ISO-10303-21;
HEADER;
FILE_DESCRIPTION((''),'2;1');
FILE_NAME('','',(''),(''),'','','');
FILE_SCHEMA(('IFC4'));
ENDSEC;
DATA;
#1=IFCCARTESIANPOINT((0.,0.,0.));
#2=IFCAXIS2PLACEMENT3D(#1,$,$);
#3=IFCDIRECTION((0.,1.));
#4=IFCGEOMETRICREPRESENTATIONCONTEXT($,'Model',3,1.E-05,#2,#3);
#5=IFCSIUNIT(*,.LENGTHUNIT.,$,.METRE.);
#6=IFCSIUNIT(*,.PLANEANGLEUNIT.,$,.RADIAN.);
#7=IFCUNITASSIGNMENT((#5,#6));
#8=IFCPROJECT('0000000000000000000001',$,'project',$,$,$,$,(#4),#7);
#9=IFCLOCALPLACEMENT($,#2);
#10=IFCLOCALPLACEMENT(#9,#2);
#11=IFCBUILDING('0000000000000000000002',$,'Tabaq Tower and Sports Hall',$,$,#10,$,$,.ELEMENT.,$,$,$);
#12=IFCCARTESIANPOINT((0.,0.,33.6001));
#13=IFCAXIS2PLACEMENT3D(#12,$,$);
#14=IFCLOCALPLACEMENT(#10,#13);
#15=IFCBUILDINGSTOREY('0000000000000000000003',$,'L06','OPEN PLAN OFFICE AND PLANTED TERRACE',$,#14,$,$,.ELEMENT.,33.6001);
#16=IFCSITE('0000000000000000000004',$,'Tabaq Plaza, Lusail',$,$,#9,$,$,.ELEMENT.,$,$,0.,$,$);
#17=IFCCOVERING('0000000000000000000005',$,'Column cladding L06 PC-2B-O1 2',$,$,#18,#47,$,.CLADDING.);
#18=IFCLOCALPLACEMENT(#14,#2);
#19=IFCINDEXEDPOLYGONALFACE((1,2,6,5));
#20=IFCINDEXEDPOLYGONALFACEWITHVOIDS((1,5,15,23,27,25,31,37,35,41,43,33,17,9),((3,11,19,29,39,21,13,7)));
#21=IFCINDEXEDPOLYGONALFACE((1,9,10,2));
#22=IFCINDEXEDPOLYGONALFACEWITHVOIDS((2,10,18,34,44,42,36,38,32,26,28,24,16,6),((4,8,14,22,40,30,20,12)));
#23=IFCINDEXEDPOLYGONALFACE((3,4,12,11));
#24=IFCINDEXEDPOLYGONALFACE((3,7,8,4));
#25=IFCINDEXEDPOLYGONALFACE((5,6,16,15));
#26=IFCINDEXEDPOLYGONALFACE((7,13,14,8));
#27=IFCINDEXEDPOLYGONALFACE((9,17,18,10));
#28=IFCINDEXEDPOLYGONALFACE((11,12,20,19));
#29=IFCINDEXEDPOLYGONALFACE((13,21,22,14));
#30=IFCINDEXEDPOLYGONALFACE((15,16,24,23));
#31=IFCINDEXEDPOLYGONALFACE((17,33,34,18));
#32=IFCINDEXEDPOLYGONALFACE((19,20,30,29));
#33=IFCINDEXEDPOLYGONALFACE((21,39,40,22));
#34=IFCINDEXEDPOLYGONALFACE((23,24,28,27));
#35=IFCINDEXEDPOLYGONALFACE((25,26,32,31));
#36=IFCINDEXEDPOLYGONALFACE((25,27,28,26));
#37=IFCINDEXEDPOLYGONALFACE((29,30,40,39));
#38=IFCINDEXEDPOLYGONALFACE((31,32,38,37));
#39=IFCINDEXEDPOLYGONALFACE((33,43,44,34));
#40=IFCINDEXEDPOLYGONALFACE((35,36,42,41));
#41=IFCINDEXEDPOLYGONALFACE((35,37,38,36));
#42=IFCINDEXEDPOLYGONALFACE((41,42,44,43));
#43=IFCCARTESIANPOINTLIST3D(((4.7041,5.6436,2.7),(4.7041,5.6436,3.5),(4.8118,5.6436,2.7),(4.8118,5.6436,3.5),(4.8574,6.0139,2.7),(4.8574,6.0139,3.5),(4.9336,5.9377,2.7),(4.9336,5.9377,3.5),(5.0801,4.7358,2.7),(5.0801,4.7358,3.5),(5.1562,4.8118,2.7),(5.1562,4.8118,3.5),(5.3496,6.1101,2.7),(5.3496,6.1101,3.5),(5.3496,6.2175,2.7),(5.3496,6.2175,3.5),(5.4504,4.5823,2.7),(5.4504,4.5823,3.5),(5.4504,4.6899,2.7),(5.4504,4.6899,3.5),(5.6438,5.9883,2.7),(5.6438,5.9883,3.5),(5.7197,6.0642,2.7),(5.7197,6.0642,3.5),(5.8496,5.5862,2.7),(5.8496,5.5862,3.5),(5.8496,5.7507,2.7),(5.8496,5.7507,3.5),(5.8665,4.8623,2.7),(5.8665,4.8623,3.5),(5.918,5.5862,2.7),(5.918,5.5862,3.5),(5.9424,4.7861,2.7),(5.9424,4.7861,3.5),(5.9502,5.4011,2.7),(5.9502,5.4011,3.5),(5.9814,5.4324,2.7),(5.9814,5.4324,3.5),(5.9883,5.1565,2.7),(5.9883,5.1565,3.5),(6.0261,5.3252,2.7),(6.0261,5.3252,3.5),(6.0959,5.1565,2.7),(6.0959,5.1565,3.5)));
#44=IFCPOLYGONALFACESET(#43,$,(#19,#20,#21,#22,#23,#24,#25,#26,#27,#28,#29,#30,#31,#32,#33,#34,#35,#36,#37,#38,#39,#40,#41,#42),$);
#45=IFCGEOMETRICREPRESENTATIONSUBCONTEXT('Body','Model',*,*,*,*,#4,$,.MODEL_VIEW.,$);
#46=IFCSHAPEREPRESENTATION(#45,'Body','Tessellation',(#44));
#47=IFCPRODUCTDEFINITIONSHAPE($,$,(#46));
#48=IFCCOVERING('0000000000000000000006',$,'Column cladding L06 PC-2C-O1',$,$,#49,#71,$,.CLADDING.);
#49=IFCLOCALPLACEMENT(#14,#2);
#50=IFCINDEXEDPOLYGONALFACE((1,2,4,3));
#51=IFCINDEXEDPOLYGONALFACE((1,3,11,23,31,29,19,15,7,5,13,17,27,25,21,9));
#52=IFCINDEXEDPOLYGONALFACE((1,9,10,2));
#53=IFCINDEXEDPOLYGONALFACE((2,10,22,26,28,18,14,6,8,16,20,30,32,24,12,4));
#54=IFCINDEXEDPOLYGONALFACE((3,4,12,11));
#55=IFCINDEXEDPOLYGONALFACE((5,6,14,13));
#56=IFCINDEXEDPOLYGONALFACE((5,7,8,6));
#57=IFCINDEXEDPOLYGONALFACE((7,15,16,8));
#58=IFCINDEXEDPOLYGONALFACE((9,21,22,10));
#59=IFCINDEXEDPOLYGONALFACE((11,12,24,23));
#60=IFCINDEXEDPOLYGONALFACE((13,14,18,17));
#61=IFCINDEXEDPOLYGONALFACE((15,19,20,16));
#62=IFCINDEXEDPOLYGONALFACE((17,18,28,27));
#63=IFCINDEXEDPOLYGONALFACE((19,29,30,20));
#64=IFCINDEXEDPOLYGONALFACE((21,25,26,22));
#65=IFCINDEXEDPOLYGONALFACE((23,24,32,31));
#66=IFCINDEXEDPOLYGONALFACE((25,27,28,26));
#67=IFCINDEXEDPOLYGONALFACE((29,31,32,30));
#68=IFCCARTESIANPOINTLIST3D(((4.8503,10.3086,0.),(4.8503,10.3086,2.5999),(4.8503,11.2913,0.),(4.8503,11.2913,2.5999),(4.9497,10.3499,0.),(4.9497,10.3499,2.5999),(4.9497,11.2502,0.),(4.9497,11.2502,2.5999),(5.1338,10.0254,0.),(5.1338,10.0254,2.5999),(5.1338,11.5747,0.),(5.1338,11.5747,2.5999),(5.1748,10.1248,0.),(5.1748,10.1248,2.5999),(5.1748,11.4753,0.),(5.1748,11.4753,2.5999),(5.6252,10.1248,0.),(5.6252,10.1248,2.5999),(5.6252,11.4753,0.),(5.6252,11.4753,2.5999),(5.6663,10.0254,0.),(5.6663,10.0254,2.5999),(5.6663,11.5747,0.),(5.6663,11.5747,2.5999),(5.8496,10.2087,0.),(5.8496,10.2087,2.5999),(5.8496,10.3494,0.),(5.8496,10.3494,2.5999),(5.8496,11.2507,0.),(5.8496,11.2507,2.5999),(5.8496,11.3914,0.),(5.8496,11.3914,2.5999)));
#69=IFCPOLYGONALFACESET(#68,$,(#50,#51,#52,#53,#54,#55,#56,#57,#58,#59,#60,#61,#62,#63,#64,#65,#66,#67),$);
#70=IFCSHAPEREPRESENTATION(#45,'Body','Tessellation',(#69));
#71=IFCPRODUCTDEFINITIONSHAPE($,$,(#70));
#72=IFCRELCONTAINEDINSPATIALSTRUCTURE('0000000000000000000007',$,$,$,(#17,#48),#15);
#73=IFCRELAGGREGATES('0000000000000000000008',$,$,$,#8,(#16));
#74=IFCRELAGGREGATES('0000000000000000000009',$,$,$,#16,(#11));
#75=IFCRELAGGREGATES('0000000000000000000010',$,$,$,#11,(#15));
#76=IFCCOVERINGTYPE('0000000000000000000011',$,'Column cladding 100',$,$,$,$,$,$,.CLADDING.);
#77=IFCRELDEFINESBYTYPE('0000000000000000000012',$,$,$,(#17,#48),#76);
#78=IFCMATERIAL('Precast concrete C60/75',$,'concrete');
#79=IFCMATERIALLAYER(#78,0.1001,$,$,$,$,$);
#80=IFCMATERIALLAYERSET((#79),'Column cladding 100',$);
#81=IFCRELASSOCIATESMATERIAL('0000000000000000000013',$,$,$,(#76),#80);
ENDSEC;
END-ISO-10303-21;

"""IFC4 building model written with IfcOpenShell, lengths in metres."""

from ifc_helpers import new_model, si_unit, direction, frame, origin, place, context, subcontext, project, spatial, polyline, outline, extrude, material, layer, layer_set, type_object, element, save


model = new_model("IFC4")

# Units and contexts
model_context = context("Model", 3, precision=1e-05, world=origin(), true_north=direction((0.0, 1.0)))
body_context = subcontext(model_context, "Body", "Model", "MODEL_VIEW")
ifc_project = project(units=[si_unit("LENGTHUNIT", "METRE"), si_unit("PLANEANGLEUNIT", "RADIAN")], contexts=[model_context])

# Site, building, storey
site_placement = place(None, origin())
site = spatial("IfcSite", under=ifc_project, at=site_placement, Name="Tabaq Plaza, Lusail", CompositionType="ELEMENT", RefElevation=0.0)
building_placement = place(site_placement, origin())
building = spatial("IfcBuilding", under=site, at=building_placement, Name="Tabaq Tower and Sports Hall", CompositionType="ELEMENT")
storey_placement = place(building_placement, frame((0.0, 0.0, 33.6001)))
storey = spatial("IfcBuildingStorey", under=building, at=storey_placement, Name="L06", Description="OPEN PLAN OFFICE AND PLANTED TERRACE", CompositionType="ELEMENT", Elevation=33.6001)

# Coverings
ifc_material_1 = material(Name="Precast concrete C60/75", Category="concrete")
ifc_layer_1 = layer(ifc_material_1, 0.1001)
ifc_layer_set_1 = layer_set([ifc_layer_1], Name="Column cladding 100")
covering_type = type_object("IfcCoveringType", Name="Column cladding 100", PredefinedType="CLADDING", material=ifc_layer_set_1)
covering_1_placement = place(storey_placement, frame((0.0, 0.0, 2.7)))
element("IfcCovering", 1, at=covering_1_placement, inside=storey, type_object=covering_type, Name="Column cladding L06 PC-2B-O1 2", PredefinedType="CLADDING", context=body_context, shape_type="SweptSolid", body=[
    extrude(outline(polyline([(5.4504, 4.5823), (5.0801, 4.7358), (4.7041, 5.6436), (4.8574, 6.0139), (5.3496, 6.2175), (5.7197, 6.0642), (5.8496, 5.7507), (5.8496, 5.5862), (5.918, 5.5862), (5.9814, 5.4324), (5.9502, 5.4011), (6.0261, 5.3252), (6.0959, 5.1565), (5.9424, 4.7861), (5.4504, 4.5823)]), holes=[polyline([(5.3496, 6.1101), (4.9336, 5.9377), (4.8118, 5.6436), (5.1562, 4.8118), (5.4504, 4.6899), (5.8665, 4.8623), (5.9883, 5.1565), (5.6438, 5.9883), (5.3496, 6.1101)])]), origin(), (0.0, 0.0, 1.0), 0.8),
])
covering_2_placement = place(storey_placement, origin())
element("IfcCovering", 2, at=covering_2_placement, inside=storey, type_object=covering_type, Name="Column cladding L06 PC-2C-O1", PredefinedType="CLADDING", context=body_context, shape_type="SweptSolid", body=[
    extrude(outline(polyline([(5.1338, 10.0254), (4.8503, 10.3086), (4.8503, 11.2913), (5.1338, 11.5747), (5.6663, 11.5747), (5.8496, 11.3914), (5.8496, 11.2507), (5.6252, 11.4753), (5.1748, 11.4753), (4.9497, 11.2502), (4.9497, 10.3499), (5.1748, 10.1248), (5.6252, 10.1248), (5.8496, 10.3494), (5.8496, 10.2087), (5.6663, 10.0254), (5.1338, 10.0254)])), origin(), (0.0, 0.0, 1.0), 2.5999),
])

save(model, "model.ifc")
